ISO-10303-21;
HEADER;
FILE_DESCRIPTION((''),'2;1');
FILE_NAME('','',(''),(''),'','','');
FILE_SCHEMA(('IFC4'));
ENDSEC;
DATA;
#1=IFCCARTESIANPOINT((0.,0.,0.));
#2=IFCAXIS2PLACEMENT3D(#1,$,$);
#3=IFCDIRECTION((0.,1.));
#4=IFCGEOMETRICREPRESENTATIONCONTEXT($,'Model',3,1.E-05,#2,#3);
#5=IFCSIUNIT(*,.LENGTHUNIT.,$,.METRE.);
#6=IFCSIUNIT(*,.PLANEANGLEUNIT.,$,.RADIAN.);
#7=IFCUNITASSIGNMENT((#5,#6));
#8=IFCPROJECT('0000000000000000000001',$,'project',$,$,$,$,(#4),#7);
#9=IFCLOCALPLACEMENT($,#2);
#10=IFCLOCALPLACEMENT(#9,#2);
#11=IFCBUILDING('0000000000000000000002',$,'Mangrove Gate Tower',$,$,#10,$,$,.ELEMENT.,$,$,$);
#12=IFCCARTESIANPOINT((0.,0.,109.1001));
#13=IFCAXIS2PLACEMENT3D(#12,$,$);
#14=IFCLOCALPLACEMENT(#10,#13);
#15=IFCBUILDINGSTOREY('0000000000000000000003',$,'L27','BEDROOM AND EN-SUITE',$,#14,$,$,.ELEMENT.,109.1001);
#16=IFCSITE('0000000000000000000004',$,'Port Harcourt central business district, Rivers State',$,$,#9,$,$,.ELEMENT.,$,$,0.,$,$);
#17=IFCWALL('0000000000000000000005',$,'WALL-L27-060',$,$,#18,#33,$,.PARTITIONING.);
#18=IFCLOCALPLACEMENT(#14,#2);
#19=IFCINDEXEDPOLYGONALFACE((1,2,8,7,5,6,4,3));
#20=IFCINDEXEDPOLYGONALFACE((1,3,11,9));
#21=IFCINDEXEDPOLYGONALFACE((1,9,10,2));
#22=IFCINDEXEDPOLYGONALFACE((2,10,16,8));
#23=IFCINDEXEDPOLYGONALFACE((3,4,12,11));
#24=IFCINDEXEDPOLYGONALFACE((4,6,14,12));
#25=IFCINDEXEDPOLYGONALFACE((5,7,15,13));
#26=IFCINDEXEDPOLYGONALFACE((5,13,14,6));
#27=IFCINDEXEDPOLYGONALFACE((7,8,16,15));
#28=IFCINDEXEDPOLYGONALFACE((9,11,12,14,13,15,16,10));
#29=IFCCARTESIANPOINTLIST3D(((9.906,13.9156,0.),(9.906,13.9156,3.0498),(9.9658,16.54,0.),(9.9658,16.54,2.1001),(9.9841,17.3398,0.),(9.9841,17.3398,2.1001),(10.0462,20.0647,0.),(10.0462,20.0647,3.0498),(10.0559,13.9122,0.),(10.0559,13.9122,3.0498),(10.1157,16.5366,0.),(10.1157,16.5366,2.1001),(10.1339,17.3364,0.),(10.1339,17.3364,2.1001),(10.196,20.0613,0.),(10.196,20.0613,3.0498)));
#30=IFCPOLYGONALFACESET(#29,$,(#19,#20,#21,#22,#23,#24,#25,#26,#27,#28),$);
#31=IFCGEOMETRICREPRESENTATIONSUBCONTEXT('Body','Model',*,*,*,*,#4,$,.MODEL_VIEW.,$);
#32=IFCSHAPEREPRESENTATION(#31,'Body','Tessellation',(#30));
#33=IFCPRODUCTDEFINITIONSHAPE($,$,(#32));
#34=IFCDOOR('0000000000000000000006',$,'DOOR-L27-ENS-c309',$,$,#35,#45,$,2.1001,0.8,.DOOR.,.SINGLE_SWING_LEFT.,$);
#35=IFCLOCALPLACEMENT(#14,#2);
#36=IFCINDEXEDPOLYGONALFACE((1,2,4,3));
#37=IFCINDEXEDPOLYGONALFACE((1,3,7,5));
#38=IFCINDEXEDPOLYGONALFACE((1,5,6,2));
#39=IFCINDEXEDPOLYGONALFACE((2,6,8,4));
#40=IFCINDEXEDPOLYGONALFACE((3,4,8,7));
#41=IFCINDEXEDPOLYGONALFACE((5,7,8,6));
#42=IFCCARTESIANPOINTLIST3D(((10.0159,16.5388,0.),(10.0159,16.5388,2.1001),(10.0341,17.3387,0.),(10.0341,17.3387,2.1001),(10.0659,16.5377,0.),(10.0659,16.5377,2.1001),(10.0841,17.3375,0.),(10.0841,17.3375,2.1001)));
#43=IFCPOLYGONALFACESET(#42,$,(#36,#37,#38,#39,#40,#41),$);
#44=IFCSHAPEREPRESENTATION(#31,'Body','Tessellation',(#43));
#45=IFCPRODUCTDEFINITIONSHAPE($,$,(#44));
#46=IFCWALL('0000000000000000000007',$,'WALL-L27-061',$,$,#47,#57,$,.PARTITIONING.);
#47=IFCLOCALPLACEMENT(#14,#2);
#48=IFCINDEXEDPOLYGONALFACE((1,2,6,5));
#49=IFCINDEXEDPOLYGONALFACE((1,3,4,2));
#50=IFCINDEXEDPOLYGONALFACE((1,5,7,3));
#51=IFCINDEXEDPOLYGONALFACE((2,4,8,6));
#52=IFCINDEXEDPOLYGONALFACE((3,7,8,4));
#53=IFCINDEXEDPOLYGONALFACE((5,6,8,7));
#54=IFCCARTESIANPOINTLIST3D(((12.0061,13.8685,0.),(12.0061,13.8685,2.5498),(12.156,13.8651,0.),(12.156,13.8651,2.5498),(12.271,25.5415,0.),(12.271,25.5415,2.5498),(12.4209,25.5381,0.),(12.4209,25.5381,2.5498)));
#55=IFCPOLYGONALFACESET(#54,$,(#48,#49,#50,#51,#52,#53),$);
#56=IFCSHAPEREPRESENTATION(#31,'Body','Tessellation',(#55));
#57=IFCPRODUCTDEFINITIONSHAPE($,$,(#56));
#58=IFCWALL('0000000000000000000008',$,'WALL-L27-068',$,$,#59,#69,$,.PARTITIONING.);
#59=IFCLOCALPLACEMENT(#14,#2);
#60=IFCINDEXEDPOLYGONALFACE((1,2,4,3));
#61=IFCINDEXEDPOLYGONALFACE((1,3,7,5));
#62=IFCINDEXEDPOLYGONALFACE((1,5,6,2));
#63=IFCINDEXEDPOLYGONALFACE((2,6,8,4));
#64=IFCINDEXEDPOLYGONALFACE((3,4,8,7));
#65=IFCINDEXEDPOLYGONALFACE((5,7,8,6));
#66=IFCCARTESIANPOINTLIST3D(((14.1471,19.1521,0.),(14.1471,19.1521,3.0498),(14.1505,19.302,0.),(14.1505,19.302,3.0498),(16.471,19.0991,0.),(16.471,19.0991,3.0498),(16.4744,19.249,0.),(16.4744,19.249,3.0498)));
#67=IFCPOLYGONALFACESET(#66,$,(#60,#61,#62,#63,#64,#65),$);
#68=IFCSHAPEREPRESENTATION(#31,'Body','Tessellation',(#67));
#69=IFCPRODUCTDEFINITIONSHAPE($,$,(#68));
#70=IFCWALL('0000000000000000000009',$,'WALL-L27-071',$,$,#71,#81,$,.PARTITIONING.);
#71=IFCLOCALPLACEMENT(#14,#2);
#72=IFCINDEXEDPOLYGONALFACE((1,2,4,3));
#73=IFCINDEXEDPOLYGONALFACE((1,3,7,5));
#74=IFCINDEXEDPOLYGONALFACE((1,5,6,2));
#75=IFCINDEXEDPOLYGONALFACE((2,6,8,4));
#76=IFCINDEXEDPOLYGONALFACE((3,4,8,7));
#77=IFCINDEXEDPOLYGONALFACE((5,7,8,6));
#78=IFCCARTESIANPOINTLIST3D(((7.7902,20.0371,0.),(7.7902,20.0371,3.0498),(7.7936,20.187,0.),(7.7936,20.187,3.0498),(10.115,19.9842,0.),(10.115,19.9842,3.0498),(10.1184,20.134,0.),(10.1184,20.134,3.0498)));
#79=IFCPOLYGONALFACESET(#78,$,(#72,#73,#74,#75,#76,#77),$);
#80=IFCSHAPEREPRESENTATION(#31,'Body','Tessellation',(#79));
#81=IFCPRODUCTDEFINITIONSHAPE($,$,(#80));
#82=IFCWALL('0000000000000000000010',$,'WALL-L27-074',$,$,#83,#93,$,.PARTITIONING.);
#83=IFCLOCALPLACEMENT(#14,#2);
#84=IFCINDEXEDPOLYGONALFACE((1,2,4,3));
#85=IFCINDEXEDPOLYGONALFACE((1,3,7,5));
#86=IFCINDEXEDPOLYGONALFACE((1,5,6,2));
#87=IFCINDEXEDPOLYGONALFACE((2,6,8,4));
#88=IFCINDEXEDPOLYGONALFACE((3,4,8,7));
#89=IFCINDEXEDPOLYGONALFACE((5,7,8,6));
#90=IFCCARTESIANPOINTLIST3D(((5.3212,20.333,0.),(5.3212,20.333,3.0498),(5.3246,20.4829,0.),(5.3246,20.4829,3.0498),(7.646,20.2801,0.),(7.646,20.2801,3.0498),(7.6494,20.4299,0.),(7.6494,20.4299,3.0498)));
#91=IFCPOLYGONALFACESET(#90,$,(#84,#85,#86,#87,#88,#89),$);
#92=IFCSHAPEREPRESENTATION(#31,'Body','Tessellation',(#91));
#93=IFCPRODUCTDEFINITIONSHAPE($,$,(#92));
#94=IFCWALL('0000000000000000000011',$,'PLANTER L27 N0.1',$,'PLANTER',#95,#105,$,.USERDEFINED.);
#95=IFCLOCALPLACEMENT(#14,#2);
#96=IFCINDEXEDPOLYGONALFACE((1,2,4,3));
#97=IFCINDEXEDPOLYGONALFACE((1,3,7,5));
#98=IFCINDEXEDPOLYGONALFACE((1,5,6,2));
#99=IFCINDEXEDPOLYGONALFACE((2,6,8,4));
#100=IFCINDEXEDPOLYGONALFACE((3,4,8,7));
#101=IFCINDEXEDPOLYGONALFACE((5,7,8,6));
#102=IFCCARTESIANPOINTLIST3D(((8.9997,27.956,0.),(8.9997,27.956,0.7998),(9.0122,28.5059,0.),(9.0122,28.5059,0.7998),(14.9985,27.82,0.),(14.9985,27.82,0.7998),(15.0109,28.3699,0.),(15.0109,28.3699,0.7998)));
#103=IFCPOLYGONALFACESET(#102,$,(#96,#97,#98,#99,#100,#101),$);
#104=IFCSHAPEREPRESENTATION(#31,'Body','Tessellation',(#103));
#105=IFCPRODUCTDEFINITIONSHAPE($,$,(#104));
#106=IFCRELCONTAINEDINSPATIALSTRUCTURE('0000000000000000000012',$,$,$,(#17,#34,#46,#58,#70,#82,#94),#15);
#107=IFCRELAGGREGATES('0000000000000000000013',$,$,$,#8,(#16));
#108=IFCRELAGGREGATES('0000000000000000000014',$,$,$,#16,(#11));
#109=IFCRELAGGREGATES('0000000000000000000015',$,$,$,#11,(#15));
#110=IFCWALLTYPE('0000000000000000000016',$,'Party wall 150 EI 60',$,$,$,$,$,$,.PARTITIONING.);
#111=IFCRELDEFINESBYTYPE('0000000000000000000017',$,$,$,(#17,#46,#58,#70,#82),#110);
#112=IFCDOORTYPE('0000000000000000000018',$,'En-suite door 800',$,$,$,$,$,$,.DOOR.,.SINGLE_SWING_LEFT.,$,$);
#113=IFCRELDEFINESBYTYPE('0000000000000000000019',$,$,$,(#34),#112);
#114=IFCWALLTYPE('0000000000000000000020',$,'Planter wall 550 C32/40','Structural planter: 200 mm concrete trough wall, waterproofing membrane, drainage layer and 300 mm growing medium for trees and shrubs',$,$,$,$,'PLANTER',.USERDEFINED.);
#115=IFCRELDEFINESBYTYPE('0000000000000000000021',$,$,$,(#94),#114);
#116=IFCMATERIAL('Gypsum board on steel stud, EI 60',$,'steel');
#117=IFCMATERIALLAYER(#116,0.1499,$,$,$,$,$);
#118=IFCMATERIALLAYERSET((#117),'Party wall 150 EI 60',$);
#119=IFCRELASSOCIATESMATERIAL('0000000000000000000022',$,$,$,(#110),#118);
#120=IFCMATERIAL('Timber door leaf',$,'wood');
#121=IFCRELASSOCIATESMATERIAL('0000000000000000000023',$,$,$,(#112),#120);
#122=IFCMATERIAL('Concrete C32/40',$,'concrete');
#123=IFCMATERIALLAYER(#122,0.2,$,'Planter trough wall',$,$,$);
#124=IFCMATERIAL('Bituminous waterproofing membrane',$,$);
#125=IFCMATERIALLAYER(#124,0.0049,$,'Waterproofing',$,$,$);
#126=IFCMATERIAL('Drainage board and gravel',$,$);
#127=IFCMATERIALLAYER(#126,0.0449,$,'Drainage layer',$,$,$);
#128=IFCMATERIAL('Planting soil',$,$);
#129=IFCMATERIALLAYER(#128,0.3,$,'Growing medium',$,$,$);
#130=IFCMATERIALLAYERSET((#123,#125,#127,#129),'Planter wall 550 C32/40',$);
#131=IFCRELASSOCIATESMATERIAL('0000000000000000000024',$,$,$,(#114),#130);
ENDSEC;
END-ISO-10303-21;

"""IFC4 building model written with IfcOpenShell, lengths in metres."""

from ifc_helpers import new_model, si_unit, direction, frame, frame_2d, origin, place, context, subcontext, project, spatial, rectangle, extrude, material, layer, layer_set, type_object, element, fill, save


model = new_model("IFC4")

# Units and contexts
model_context = context("Model", 3, precision=1e-05, world=origin(), true_north=direction((0.0, 1.0)))
body_context = subcontext(model_context, "Body", "Model", "MODEL_VIEW")
ifc_project = project(units=[si_unit("LENGTHUNIT", "METRE"), si_unit("PLANEANGLEUNIT", "RADIAN")], contexts=[model_context])

# Site, building, storey
site_placement = place(None, origin())
site = spatial("IfcSite", under=ifc_project, at=site_placement, Name="Port Harcourt central business district, Rivers State", CompositionType="ELEMENT", RefElevation=0.0)
building_placement = place(site_placement, origin())
building = spatial("IfcBuilding", under=site, at=building_placement, Name="Mangrove Gate Tower", CompositionType="ELEMENT")
storey_placement = place(building_placement, frame((0.0, 0.0, 109.1001)))
storey = spatial("IfcBuildingStorey", under=building, at=storey_placement, Name="L27", Description="BEDROOM AND EN-SUITE", CompositionType="ELEMENT", Elevation=109.1001)

# Shared definitions
ifc_material_1 = material(Name="Gypsum board on steel stud, EI 60", Category="steel")
ifc_layer_1 = layer(ifc_material_1, 0.1499)
ifc_layer_set_1 = layer_set([ifc_layer_1], Name="Party wall 150 EI 60")
wall_type_1 = type_object("IfcWallType", Name="Party wall 150 EI 60", PredefinedType="PARTITIONING", material=ifc_layer_set_1)
ifc_material_2 = material(Name="Timber door leaf", Category="wood")
door_type = type_object("IfcDoorType", Name="En-suite door 800", OperationType="SINGLE_SWING_LEFT", PredefinedType="DOOR", material=ifc_material_2)

# Wall, opening, door
wall_1_placement = place(storey_placement, frame((9.981, 13.9141, 0.0), z_axis=(0.0, 0.0, 1.0), x_axis=(0.022785, 0.99974, 0.0)))
wall_1 = element("IfcWall", 1, at=wall_1_placement, inside=storey, type_object=wall_type_1, Name="WALL-L27-060", PredefinedType="PARTITIONING", context=body_context, shape_type="SweptSolid", body=[
    extrude(rectangle(XDim=6.1506, YDim=0.1499, at=frame_2d((3.0752, 0.0))), origin(), (0.0, 0.0, 1.0), 3.0498),
])
opening_1_placement = place(wall_1_placement, frame((2.625, 0.0, 0.0)))
opening_1 = element("IfcOpeningElement", 2, at=opening_1_placement, cuts=wall_1, PredefinedType="OPENING", context=body_context, shape_type="SweptSolid", body=[
    extrude(rectangle(XDim=0.8, YDim=2.1001, at=frame_2d((0.3999, 1.05))), frame((0.0, 0.085, 0.0), z_axis=(0.0, -1.0, 0.0), x_axis=(1.0, 0.0, 0.0)), (0.0, 0.0, 1.0), 0.1699),
])
door_1_placement = place(opening_1_placement, origin())
door_1 = element("IfcDoor", 3, at=door_1_placement, inside=storey, type_object=door_type, Name="DOOR-L27-ENS-c309", OperationType="SINGLE_SWING_LEFT", OverallHeight=2.1001, OverallWidth=0.8, PredefinedType="DOOR", context=body_context, shape_type="SweptSolid", body=[
    extrude(rectangle(XDim=0.8, YDim=2.1001, at=frame_2d((0.3999, 1.05))), frame((0.0, 0.0249, 0.0), z_axis=(0.0, -1.0, 0.0), x_axis=(1.0, 0.0, 0.0)), (0.0, 0.0, 1.0), 0.05),
])
fill(opening_1, door_1)

# Walls
wall_2_placement = place(storey_placement, frame((12.0811, 13.8669, 0.0), z_axis=(0.0, 0.0, 1.0), x_axis=(0.022687, 0.999743, 0.0)))
element("IfcWall", 4, at=wall_2_placement, inside=storey, type_object=wall_type_1, Name="WALL-L27-061", PredefinedType="PARTITIONING", context=body_context, shape_type="SweptSolid", body=[
    extrude(rectangle(XDim=11.676, YDim=0.1499, at=frame_2d((5.8379, 0.0))), origin(), (0.0, 0.0, 1.0), 2.5498),
])
wall_3_placement = place(storey_placement, frame((14.1489, 19.2271, 0.0), z_axis=(0.0, 0.0, 1.0), x_axis=(0.99974, -0.022791, 0.0)))
element("IfcWall", 5, at=wall_3_placement, inside=storey, type_object=wall_type_1, Name="WALL-L27-068", PredefinedType="PARTITIONING", context=body_context, shape_type="SweptSolid", body=[
    extrude(rectangle(XDim=2.3245, YDim=0.1499, at=frame_2d((1.1621, 0.0))), origin(), (0.0, 0.0, 1.0), 3.0498),
])
for number, where, z_axis, x_axis, name in (
    (6, (7.792, 20.1121, 0.0), (0.0, 0.0, 1.0), (0.99974, -0.022781, 0.0), "WALL-L27-071"),
    (7, (5.323, 20.408, 0.0), (0.0, 0.0, 1.0), (0.99974, -0.022781, 0.0), "WALL-L27-074"),
):
    element("IfcWall", number, at=place(storey_placement, frame(where, z_axis=z_axis, x_axis=x_axis)), inside=storey, type_object=wall_type_1, Name=name, PredefinedType="PARTITIONING", context=body_context, shape_type="SweptSolid", body=[
        extrude(rectangle(XDim=2.3254, YDim=0.1499, at=frame_2d((1.1626, 0.0))), origin(), (0.0, 0.0, 1.0), 3.0498),
    ])
ifc_material_3 = material(Name="Concrete C32/40", Category="concrete")
ifc_layer_2 = layer(ifc_material_3, 0.2, Name="Planter trough wall")
ifc_material_4 = material(Name="Bituminous waterproofing membrane")
ifc_layer_3 = layer(ifc_material_4, 0.0049, Name="Waterproofing")
ifc_material_5 = material(Name="Drainage board and gravel")
ifc_layer_4 = layer(ifc_material_5, 0.0449, Name="Drainage layer")
ifc_material_6 = material(Name="Planting soil")
ifc_layer_5 = layer(ifc_material_6, 0.3, Name="Growing medium")
ifc_layer_set_2 = layer_set([ifc_layer_2, ifc_layer_3, ifc_layer_4, ifc_layer_5], Name="Planter wall 550 C32/40")
wall_type_2 = type_object("IfcWallType", Name="Planter wall 550 C32/40", Description="Structural planter: 200 mm concrete trough wall, waterproofing membrane, drainage layer and 300 mm growing medium for trees and shrubs", ElementType="PLANTER", PredefinedType="USERDEFINED", material=ifc_layer_set_2)
wall_4_placement = place(storey_placement, frame((9.0061, 28.231, 0.0), z_axis=(0.0, 0.0, 1.0), x_axis=(0.999743, -0.022663, 0.0)))
element("IfcWall", 8, at=wall_4_placement, inside=storey, type_object=wall_type_2, Name="PLANTER L27 N0.1", ObjectType="PLANTER", PredefinedType="USERDEFINED", context=body_context, shape_type="SweptSolid", body=[
    extrude(rectangle(XDim=6.0002, YDim=0.55, at=frame_2d((3.0, 0.0))), origin(), (0.0, 0.0, 1.0), 0.7998),
])

save(model, "model.ifc")
